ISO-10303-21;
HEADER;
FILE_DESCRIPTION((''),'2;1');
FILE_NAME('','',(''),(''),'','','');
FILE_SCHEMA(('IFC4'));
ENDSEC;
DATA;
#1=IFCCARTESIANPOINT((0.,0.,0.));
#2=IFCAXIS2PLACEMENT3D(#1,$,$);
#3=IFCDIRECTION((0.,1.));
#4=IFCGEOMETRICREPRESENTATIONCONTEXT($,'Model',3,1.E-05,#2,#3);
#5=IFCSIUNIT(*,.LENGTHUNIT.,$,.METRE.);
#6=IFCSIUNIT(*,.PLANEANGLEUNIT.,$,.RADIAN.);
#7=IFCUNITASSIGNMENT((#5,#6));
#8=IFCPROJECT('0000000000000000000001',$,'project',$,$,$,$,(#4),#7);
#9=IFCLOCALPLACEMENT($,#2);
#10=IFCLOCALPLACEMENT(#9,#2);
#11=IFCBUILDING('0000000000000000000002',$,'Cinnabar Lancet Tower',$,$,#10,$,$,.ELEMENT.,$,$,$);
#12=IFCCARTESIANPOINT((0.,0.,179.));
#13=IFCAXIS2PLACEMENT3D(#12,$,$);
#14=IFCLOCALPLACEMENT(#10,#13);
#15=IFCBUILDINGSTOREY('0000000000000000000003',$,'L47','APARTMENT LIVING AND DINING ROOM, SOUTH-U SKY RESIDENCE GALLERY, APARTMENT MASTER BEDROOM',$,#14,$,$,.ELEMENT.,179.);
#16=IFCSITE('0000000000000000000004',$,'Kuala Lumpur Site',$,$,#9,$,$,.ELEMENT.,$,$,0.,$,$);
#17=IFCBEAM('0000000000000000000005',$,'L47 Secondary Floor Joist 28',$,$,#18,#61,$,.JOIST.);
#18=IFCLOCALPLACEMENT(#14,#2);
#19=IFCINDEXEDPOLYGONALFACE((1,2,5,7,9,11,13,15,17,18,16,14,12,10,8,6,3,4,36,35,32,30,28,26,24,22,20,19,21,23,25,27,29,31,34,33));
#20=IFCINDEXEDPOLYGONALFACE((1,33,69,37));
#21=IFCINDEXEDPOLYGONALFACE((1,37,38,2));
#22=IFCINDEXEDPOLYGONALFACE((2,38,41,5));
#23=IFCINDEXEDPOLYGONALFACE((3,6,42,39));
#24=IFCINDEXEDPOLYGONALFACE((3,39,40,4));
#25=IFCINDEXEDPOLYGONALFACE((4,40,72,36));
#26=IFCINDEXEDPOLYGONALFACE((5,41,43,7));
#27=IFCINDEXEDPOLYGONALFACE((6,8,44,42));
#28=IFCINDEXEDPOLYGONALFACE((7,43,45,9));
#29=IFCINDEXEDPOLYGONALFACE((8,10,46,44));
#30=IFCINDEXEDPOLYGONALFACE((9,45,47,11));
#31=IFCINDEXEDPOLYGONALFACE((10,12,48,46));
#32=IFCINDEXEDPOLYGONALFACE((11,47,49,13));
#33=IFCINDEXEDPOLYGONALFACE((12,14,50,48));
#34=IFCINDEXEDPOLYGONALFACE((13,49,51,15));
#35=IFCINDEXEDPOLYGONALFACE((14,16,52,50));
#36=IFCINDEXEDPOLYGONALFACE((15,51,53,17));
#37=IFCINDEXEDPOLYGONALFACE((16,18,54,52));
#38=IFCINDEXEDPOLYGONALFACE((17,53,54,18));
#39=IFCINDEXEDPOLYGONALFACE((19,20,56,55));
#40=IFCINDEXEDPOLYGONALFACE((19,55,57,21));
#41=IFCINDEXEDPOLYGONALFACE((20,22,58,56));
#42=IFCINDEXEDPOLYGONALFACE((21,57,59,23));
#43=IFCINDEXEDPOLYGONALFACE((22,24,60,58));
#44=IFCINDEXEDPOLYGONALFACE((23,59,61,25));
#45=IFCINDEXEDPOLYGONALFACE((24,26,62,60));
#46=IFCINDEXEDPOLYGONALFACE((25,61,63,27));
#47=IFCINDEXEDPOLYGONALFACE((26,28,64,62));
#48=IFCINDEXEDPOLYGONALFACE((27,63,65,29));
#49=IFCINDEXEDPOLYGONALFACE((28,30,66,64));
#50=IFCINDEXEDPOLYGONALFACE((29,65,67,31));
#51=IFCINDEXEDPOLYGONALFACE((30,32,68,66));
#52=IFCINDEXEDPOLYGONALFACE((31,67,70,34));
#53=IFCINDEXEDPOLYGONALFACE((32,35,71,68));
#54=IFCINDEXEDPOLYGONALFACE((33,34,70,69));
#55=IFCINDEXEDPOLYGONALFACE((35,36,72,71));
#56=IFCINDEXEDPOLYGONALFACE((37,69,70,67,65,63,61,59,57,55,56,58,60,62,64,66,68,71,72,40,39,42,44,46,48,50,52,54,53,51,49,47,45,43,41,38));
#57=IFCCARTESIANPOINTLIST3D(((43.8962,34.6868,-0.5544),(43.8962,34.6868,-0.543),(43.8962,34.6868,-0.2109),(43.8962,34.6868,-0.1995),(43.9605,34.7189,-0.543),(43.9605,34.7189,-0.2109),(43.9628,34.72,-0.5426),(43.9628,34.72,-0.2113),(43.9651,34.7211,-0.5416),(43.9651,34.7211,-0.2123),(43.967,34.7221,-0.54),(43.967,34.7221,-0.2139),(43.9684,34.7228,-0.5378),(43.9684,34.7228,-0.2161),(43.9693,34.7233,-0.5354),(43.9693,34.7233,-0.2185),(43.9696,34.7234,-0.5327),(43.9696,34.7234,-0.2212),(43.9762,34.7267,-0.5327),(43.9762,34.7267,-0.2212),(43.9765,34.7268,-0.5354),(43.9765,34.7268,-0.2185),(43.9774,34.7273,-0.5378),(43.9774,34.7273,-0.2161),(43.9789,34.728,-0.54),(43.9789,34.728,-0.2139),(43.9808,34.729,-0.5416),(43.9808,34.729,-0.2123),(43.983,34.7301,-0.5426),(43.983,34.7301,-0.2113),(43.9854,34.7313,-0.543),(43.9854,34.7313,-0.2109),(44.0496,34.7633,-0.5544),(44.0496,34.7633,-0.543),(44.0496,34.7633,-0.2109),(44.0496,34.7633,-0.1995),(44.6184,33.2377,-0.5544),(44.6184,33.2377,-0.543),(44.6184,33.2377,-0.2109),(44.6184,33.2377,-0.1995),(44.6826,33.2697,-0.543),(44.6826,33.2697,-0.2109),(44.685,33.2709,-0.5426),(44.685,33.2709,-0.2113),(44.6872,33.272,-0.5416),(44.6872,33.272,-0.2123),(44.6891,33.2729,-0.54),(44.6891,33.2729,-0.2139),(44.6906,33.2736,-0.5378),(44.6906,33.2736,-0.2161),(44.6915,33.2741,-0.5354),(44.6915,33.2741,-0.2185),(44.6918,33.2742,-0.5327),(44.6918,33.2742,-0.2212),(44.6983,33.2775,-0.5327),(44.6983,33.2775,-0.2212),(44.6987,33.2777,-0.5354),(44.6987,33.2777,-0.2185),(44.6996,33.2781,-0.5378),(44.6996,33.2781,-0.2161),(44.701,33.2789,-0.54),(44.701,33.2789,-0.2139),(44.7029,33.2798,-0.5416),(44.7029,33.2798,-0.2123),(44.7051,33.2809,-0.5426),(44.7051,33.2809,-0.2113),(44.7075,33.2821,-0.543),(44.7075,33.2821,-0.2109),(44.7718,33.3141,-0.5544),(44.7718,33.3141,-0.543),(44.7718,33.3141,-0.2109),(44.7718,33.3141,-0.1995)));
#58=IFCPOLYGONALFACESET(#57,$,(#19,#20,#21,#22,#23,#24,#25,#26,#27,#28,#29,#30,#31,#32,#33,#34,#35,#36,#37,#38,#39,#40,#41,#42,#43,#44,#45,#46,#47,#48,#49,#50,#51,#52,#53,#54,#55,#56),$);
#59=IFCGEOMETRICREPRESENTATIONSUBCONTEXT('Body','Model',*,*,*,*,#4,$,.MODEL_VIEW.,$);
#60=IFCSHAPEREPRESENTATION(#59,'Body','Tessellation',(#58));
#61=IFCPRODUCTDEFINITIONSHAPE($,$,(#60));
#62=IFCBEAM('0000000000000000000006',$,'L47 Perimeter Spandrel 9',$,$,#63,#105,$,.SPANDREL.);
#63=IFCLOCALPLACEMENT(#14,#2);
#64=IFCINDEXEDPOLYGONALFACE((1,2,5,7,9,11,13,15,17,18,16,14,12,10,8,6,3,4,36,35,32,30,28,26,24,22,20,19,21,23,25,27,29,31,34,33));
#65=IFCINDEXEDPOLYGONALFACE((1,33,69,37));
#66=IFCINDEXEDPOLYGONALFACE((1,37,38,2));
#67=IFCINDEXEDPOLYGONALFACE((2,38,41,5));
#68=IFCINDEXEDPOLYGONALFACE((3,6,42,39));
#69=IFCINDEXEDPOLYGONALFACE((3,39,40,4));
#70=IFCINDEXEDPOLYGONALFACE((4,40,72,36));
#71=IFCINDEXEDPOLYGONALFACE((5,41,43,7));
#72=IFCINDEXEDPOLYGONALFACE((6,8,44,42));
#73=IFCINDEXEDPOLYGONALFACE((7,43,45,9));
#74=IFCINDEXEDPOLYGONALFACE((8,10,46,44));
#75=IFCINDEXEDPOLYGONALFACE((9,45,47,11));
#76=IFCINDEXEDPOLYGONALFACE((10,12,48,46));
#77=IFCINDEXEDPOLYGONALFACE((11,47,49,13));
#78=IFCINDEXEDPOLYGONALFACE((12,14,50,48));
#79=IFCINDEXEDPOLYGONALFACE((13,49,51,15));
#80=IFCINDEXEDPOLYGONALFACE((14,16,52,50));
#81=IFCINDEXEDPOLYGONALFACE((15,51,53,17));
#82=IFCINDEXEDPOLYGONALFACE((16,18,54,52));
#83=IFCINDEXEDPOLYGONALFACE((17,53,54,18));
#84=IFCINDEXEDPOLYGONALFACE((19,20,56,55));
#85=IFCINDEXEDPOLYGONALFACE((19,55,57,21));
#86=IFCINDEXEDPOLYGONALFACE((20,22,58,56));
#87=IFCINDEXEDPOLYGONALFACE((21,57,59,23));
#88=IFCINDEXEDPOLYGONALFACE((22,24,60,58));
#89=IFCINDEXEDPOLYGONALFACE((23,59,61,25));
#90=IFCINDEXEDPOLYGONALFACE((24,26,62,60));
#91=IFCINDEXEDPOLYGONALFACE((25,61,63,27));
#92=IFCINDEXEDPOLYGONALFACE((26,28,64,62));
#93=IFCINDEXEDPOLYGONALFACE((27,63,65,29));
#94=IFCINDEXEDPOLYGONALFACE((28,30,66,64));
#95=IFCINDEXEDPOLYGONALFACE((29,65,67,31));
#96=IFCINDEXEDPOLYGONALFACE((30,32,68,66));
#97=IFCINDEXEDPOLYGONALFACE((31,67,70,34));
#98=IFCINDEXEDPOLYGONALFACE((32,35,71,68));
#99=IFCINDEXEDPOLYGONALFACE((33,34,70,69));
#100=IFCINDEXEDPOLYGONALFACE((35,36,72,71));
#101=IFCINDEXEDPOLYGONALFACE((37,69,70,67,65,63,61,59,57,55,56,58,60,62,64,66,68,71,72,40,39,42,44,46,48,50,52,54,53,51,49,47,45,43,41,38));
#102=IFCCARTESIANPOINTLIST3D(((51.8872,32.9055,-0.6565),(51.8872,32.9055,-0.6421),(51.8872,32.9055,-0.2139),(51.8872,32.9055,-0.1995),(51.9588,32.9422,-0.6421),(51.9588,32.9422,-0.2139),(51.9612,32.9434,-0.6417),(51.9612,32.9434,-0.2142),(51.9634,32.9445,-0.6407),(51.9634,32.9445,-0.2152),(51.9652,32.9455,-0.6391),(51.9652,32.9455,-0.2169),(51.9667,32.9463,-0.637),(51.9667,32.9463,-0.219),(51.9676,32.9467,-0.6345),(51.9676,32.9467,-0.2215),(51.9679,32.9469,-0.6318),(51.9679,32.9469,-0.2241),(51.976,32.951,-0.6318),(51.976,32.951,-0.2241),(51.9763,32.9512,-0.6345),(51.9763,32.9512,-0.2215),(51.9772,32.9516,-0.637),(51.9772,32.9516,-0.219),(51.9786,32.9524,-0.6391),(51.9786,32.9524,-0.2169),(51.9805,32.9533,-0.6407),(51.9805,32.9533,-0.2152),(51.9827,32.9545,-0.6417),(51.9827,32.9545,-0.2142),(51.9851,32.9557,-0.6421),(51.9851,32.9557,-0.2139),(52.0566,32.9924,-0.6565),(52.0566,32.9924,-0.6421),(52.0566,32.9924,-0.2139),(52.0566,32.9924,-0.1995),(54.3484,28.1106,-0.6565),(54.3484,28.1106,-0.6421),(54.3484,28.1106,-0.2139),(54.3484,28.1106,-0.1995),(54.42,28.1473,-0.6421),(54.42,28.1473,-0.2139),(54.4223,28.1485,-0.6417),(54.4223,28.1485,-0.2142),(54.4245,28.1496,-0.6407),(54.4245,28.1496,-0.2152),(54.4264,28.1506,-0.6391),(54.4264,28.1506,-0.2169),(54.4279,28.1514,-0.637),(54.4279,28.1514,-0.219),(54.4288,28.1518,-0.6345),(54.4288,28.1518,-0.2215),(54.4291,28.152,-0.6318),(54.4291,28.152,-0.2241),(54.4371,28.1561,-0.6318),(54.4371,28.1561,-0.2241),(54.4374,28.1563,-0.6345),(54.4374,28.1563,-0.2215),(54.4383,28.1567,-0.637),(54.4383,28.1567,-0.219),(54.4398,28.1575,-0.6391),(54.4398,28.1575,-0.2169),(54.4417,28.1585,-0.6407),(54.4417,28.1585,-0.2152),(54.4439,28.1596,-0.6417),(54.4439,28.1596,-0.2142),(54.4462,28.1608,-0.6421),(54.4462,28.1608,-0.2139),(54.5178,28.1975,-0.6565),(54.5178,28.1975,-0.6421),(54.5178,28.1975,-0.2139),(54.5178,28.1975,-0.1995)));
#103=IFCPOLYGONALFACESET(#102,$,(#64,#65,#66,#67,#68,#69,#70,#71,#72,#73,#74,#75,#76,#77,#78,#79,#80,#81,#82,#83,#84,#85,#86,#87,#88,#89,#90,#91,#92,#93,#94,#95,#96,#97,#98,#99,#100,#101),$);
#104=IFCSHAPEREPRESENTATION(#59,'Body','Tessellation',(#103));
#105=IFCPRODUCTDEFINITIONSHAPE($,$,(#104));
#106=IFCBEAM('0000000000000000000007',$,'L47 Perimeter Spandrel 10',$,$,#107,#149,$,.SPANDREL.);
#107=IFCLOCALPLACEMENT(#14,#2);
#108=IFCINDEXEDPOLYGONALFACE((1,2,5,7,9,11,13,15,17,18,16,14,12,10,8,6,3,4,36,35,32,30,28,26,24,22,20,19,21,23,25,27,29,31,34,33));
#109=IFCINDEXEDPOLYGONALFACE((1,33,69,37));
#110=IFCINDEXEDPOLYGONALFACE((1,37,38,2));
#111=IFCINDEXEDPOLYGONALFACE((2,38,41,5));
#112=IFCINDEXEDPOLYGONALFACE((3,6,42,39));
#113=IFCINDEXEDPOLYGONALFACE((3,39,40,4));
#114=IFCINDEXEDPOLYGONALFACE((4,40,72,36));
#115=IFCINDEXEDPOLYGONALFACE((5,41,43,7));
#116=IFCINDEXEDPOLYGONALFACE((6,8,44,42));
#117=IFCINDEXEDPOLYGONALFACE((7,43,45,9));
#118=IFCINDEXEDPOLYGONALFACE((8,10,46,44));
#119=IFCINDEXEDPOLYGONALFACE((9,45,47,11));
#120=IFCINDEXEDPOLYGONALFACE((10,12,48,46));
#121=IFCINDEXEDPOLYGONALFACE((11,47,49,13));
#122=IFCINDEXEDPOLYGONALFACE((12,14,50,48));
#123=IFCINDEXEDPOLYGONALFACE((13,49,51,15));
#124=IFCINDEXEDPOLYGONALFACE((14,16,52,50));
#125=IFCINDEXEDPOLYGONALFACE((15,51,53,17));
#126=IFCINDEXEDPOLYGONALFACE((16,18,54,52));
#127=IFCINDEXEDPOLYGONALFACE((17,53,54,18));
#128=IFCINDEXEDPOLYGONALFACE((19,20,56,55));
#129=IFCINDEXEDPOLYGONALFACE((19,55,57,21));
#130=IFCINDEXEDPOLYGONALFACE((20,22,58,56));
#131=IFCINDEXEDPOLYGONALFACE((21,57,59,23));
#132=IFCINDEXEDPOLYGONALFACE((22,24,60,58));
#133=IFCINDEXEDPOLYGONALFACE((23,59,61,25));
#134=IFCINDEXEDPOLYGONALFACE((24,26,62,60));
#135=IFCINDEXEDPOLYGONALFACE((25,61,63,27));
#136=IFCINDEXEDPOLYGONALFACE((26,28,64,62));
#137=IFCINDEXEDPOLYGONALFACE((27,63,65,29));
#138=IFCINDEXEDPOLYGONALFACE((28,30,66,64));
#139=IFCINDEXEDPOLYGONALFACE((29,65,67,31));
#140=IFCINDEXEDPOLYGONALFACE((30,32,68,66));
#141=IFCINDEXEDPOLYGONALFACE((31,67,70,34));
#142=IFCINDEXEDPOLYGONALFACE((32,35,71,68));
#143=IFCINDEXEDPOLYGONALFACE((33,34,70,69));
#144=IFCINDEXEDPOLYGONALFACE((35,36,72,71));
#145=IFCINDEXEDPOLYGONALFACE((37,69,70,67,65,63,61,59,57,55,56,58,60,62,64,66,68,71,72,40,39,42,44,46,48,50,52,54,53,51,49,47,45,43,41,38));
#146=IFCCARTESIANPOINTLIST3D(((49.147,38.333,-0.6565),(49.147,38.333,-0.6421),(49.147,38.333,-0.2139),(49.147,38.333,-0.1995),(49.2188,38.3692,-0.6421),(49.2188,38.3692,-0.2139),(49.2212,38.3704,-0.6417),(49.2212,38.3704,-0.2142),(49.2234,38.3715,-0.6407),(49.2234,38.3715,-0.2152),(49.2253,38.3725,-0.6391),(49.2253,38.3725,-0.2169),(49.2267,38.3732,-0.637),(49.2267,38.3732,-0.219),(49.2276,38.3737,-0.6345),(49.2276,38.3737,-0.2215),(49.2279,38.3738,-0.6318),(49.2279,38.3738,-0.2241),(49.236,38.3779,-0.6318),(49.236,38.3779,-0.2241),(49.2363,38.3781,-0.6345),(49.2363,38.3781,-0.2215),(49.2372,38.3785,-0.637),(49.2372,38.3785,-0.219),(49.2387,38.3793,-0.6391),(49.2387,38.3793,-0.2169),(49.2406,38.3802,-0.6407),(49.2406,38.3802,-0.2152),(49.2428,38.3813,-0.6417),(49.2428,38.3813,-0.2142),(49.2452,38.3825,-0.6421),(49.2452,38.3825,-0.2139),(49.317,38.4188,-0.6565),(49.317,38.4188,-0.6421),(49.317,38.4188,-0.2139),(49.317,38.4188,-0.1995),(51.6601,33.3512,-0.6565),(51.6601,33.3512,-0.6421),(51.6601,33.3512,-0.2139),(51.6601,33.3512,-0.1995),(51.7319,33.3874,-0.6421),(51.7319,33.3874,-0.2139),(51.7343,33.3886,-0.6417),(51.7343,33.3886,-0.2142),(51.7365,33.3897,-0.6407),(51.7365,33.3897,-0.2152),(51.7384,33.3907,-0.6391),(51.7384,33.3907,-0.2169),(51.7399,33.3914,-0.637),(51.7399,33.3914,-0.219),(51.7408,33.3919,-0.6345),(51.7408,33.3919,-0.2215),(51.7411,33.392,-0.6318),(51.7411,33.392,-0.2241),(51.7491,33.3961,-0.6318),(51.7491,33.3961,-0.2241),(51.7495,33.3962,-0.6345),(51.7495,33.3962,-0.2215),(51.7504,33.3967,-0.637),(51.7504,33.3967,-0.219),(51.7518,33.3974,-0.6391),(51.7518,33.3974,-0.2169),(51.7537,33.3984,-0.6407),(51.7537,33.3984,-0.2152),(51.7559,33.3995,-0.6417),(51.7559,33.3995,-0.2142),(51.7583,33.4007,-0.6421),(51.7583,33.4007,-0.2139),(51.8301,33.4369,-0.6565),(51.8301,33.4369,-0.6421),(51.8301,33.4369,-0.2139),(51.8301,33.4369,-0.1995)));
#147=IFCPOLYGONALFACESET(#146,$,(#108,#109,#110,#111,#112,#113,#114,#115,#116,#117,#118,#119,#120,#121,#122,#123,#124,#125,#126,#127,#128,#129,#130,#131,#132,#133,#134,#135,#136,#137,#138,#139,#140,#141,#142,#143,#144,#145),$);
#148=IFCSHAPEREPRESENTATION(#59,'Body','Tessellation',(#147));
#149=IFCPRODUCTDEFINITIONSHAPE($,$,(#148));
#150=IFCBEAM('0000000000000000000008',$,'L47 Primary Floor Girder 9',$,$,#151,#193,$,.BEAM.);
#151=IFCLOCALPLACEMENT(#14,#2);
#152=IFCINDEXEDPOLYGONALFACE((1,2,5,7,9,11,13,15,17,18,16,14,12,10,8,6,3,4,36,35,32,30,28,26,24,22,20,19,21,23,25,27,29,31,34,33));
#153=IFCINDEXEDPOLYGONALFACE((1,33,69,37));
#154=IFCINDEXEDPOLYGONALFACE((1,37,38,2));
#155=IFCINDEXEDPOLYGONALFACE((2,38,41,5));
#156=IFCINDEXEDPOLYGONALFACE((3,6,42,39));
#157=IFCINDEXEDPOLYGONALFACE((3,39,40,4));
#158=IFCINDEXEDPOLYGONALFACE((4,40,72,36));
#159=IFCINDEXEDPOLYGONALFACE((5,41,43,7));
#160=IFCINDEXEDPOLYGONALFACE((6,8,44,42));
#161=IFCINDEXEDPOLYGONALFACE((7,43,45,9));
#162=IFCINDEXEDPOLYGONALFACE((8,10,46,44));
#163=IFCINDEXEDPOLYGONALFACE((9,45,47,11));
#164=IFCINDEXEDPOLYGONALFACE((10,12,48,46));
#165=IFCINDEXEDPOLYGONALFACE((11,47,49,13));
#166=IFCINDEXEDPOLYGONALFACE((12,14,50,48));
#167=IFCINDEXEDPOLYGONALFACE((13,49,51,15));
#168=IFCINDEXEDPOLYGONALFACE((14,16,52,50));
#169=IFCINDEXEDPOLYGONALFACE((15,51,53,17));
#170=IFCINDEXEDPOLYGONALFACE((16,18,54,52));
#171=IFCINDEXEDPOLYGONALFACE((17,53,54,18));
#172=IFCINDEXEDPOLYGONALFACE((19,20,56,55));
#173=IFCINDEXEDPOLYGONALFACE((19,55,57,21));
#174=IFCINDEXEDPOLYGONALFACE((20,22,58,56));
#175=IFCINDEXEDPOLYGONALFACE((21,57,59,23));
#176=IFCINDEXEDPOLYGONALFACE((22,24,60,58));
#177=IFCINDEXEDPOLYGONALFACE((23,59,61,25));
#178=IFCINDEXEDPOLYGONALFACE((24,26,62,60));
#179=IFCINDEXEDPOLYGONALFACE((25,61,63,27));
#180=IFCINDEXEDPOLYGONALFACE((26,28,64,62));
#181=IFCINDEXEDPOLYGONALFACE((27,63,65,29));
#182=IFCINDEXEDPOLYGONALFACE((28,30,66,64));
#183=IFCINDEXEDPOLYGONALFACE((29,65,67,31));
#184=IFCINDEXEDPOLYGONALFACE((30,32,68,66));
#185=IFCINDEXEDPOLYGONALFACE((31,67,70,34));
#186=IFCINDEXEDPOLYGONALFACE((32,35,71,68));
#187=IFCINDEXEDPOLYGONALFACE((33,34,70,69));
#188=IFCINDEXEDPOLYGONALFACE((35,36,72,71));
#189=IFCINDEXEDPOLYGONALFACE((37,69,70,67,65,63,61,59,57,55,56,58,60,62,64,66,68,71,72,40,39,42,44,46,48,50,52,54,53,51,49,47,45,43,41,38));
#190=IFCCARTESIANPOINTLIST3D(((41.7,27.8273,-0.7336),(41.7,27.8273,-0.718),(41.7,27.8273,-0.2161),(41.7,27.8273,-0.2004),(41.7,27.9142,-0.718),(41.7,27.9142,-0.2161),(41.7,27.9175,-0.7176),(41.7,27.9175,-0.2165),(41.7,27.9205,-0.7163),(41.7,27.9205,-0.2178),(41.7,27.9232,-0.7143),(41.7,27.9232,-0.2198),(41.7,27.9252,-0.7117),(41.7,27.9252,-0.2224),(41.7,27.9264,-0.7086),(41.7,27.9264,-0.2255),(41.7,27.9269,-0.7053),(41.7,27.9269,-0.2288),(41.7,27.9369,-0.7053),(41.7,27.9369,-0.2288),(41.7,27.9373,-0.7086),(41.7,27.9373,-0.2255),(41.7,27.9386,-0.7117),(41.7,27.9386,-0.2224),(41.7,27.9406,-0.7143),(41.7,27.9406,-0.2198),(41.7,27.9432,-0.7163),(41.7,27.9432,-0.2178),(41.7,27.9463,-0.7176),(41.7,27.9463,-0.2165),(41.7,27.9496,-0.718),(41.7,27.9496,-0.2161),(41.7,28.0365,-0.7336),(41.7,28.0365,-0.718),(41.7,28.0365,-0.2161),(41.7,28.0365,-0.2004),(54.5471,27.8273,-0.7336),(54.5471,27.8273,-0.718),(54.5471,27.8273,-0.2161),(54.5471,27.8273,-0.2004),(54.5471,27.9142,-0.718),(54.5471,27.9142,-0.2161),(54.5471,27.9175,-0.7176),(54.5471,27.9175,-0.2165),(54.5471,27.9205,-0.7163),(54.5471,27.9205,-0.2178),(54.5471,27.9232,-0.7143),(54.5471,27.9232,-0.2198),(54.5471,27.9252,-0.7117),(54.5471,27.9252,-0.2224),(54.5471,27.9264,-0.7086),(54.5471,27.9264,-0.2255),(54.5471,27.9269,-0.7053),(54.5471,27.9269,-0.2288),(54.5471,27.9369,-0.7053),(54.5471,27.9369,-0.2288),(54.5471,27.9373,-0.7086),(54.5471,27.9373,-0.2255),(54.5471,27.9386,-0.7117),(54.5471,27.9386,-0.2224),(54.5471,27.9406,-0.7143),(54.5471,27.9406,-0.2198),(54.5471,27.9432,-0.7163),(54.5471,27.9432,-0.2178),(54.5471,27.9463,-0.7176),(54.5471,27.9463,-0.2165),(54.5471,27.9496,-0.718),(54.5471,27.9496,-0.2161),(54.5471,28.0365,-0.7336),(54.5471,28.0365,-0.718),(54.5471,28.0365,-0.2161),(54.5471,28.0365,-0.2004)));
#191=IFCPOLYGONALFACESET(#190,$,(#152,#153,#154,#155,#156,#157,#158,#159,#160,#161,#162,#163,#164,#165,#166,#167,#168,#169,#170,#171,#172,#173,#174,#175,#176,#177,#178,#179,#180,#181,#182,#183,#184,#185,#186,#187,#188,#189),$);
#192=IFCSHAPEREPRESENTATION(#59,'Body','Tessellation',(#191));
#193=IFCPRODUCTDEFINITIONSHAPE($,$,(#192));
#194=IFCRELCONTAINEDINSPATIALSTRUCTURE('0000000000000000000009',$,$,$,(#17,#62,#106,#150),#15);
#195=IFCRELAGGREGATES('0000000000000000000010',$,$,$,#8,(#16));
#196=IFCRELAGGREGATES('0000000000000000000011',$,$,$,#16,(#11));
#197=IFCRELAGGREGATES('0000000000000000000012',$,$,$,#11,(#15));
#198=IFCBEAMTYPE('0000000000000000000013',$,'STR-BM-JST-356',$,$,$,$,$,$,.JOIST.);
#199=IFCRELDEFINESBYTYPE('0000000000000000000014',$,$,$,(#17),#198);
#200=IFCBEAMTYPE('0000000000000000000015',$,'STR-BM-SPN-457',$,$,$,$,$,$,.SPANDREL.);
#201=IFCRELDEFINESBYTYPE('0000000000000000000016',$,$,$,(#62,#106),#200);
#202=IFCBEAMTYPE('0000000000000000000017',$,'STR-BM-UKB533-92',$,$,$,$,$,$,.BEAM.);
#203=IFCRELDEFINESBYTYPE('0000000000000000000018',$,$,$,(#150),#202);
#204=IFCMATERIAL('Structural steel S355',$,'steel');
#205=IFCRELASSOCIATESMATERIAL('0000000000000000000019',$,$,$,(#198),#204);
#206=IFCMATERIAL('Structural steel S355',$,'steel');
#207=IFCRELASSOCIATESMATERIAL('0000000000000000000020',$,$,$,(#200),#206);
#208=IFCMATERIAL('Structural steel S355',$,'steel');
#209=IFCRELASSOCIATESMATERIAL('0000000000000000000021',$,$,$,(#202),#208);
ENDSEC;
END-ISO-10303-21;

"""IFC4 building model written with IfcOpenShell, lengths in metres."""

from ifc_helpers import new_model, si_unit, direction, frame, origin, origin_2d, place, context, subcontext, project, spatial, i_section, extrude, material, material_profile, profile_set, type_object, element, save


model = new_model("IFC4")

# Units and contexts
model_context = context("Model", 3, precision=1e-05, world=origin(), true_north=direction((0.0, 1.0)))
body_context = subcontext(model_context, "Body", "Model", "MODEL_VIEW")
ifc_project = project(units=[si_unit("LENGTHUNIT", "METRE"), si_unit("PLANEANGLEUNIT", "RADIAN")], contexts=[model_context])

# Site, building, storey
site_placement = place(None, origin())
site = spatial("IfcSite", under=ifc_project, at=site_placement, Name="Kuala Lumpur Site", CompositionType="ELEMENT", RefElevation=0.0)
building_placement = place(site_placement, origin())
building = spatial("IfcBuilding", under=site, at=building_placement, Name="Cinnabar Lancet Tower", CompositionType="ELEMENT")
storey_placement = place(building_placement, frame((0.0, 0.0, 179.0)))
storey = spatial("IfcBuildingStorey", under=building, at=storey_placement, Name="L47", Description="APARTMENT LIVING AND DINING ROOM, SOUTH-U SKY RESIDENCE GALLERY, APARTMENT MASTER BEDROOM", CompositionType="ELEMENT", Elevation=179.0)

# Beams
ifc_material_1 = material(Name="Structural steel S355", Category="steel")
ifc_material_profile_1 = material_profile(ifc_material_1, i_section(OverallWidth=0.1714, OverallDepth=0.355, WebThickness=0.0073, FlangeThickness=0.0115, FilletRadius=0.0103, at=origin_2d()), Name="UKB 356x171x51")
ifc_profile_set_1 = profile_set([ifc_material_profile_1], Name="Structural steel S355")
beam_type_1 = type_object("IfcBeamType", Name="STR-BM-JST-356", PredefinedType="JOIST", material=ifc_profile_set_1)
beam_1_placement = place(storey_placement, frame((44.6951, 33.2759, -0.377), z_axis=(-0.446007, 0.895029, 0.0), x_axis=(-0.895029, -0.446007, 0.0)))
element("IfcBeam", 1, at=beam_1_placement, inside=storey, type_object=beam_type_1, Name="L47 Secondary Floor Joist 28", PredefinedType="JOIST", context=body_context, shape_type="SweptSolid", body=[
    extrude(i_section(OverallWidth=0.1714, OverallDepth=0.355, WebThickness=0.0073, FlangeThickness=0.0115, FilletRadius=0.0103, at=origin_2d()), origin(), (0.0, 0.0, 1.0), 1.6191),
])
ifc_material_2 = material(Name="Structural steel S355", Category="steel")
ifc_material_profile_2 = material_profile(ifc_material_2, i_section(OverallWidth=0.1904, OverallDepth=0.457, WebThickness=0.009, FlangeThickness=0.0144, FilletRadius=0.0103, at=origin_2d()), Name="UKB 457x191x74")
ifc_profile_set_2 = profile_set([ifc_material_profile_2], Name="Structural steel S355")
beam_type_2 = type_object("IfcBeamType", Name="STR-BM-SPN-457", PredefinedType="SPANDREL", material=ifc_profile_set_2)
beam_2_placement = place(storey_placement, frame((54.4331, 28.1541, -0.428), z_axis=(-0.456647, 0.889648, 0.0), x_axis=(-0.889648, -0.456647, 0.0)))
element("IfcBeam", 2, at=beam_2_placement, inside=storey, type_object=beam_type_2, Name="L47 Perimeter Spandrel 9", PredefinedType="SPANDREL", context=body_context, shape_type="SweptSolid", body=[
    extrude(i_section(OverallWidth=0.1904, OverallDepth=0.457, WebThickness=0.009, FlangeThickness=0.0144, FilletRadius=0.0103, at=origin_2d()), origin(), (0.0, 0.0, 1.0), 5.3896),
])
beam_3_placement = place(storey_placement, frame((51.7451, 33.394, -0.428), z_axis=(-0.450396, 0.892829, 0.0), x_axis=(-0.892829, -0.450396, 0.0)))
element("IfcBeam", 3, at=beam_3_placement, inside=storey, type_object=beam_type_2, Name="L47 Perimeter Spandrel 10", PredefinedType="SPANDREL", context=body_context, shape_type="SweptSolid", body=[
    extrude(i_section(OverallWidth=0.1904, OverallDepth=0.457, WebThickness=0.009, FlangeThickness=0.0144, FilletRadius=0.0103, at=origin_2d()), origin(), (0.0, 0.0, 1.0), 5.5798),
])
ifc_material_3 = material(Name="Structural steel S355", Category="steel")
ifc_material_profile_3 = material_profile(ifc_material_3, i_section(OverallWidth=0.2092, OverallDepth=0.5332, WebThickness=0.01, FlangeThickness=0.0156, FilletRadius=0.0127, at=origin_2d()), Name="UKB 533x210x92")
ifc_profile_set_3 = profile_set([ifc_material_profile_3], Name="Structural steel S355")
beam_type_3 = type_object("IfcBeamType", Name="STR-BM-UKB533-92", PredefinedType="BEAM", material=ifc_profile_set_3)
beam_4_placement = place(storey_placement, frame((54.5471, 27.9319, -0.467), z_axis=(-1.0, 0.0, 0.0), x_axis=(0.0, -1.0, 0.0)))
element("IfcBeam", 4, at=beam_4_placement, inside=storey, type_object=beam_type_3, Name="L47 Primary Floor Girder 9", PredefinedType="BEAM", context=body_context, shape_type="SweptSolid", body=[
    extrude(i_section(OverallWidth=0.2092, OverallDepth=0.5332, WebThickness=0.01, FlangeThickness=0.0156, FilletRadius=0.0127, at=origin_2d()), origin(), (0.0, 0.0, 1.0), 12.8472),
])

save(model, "model.ifc")
